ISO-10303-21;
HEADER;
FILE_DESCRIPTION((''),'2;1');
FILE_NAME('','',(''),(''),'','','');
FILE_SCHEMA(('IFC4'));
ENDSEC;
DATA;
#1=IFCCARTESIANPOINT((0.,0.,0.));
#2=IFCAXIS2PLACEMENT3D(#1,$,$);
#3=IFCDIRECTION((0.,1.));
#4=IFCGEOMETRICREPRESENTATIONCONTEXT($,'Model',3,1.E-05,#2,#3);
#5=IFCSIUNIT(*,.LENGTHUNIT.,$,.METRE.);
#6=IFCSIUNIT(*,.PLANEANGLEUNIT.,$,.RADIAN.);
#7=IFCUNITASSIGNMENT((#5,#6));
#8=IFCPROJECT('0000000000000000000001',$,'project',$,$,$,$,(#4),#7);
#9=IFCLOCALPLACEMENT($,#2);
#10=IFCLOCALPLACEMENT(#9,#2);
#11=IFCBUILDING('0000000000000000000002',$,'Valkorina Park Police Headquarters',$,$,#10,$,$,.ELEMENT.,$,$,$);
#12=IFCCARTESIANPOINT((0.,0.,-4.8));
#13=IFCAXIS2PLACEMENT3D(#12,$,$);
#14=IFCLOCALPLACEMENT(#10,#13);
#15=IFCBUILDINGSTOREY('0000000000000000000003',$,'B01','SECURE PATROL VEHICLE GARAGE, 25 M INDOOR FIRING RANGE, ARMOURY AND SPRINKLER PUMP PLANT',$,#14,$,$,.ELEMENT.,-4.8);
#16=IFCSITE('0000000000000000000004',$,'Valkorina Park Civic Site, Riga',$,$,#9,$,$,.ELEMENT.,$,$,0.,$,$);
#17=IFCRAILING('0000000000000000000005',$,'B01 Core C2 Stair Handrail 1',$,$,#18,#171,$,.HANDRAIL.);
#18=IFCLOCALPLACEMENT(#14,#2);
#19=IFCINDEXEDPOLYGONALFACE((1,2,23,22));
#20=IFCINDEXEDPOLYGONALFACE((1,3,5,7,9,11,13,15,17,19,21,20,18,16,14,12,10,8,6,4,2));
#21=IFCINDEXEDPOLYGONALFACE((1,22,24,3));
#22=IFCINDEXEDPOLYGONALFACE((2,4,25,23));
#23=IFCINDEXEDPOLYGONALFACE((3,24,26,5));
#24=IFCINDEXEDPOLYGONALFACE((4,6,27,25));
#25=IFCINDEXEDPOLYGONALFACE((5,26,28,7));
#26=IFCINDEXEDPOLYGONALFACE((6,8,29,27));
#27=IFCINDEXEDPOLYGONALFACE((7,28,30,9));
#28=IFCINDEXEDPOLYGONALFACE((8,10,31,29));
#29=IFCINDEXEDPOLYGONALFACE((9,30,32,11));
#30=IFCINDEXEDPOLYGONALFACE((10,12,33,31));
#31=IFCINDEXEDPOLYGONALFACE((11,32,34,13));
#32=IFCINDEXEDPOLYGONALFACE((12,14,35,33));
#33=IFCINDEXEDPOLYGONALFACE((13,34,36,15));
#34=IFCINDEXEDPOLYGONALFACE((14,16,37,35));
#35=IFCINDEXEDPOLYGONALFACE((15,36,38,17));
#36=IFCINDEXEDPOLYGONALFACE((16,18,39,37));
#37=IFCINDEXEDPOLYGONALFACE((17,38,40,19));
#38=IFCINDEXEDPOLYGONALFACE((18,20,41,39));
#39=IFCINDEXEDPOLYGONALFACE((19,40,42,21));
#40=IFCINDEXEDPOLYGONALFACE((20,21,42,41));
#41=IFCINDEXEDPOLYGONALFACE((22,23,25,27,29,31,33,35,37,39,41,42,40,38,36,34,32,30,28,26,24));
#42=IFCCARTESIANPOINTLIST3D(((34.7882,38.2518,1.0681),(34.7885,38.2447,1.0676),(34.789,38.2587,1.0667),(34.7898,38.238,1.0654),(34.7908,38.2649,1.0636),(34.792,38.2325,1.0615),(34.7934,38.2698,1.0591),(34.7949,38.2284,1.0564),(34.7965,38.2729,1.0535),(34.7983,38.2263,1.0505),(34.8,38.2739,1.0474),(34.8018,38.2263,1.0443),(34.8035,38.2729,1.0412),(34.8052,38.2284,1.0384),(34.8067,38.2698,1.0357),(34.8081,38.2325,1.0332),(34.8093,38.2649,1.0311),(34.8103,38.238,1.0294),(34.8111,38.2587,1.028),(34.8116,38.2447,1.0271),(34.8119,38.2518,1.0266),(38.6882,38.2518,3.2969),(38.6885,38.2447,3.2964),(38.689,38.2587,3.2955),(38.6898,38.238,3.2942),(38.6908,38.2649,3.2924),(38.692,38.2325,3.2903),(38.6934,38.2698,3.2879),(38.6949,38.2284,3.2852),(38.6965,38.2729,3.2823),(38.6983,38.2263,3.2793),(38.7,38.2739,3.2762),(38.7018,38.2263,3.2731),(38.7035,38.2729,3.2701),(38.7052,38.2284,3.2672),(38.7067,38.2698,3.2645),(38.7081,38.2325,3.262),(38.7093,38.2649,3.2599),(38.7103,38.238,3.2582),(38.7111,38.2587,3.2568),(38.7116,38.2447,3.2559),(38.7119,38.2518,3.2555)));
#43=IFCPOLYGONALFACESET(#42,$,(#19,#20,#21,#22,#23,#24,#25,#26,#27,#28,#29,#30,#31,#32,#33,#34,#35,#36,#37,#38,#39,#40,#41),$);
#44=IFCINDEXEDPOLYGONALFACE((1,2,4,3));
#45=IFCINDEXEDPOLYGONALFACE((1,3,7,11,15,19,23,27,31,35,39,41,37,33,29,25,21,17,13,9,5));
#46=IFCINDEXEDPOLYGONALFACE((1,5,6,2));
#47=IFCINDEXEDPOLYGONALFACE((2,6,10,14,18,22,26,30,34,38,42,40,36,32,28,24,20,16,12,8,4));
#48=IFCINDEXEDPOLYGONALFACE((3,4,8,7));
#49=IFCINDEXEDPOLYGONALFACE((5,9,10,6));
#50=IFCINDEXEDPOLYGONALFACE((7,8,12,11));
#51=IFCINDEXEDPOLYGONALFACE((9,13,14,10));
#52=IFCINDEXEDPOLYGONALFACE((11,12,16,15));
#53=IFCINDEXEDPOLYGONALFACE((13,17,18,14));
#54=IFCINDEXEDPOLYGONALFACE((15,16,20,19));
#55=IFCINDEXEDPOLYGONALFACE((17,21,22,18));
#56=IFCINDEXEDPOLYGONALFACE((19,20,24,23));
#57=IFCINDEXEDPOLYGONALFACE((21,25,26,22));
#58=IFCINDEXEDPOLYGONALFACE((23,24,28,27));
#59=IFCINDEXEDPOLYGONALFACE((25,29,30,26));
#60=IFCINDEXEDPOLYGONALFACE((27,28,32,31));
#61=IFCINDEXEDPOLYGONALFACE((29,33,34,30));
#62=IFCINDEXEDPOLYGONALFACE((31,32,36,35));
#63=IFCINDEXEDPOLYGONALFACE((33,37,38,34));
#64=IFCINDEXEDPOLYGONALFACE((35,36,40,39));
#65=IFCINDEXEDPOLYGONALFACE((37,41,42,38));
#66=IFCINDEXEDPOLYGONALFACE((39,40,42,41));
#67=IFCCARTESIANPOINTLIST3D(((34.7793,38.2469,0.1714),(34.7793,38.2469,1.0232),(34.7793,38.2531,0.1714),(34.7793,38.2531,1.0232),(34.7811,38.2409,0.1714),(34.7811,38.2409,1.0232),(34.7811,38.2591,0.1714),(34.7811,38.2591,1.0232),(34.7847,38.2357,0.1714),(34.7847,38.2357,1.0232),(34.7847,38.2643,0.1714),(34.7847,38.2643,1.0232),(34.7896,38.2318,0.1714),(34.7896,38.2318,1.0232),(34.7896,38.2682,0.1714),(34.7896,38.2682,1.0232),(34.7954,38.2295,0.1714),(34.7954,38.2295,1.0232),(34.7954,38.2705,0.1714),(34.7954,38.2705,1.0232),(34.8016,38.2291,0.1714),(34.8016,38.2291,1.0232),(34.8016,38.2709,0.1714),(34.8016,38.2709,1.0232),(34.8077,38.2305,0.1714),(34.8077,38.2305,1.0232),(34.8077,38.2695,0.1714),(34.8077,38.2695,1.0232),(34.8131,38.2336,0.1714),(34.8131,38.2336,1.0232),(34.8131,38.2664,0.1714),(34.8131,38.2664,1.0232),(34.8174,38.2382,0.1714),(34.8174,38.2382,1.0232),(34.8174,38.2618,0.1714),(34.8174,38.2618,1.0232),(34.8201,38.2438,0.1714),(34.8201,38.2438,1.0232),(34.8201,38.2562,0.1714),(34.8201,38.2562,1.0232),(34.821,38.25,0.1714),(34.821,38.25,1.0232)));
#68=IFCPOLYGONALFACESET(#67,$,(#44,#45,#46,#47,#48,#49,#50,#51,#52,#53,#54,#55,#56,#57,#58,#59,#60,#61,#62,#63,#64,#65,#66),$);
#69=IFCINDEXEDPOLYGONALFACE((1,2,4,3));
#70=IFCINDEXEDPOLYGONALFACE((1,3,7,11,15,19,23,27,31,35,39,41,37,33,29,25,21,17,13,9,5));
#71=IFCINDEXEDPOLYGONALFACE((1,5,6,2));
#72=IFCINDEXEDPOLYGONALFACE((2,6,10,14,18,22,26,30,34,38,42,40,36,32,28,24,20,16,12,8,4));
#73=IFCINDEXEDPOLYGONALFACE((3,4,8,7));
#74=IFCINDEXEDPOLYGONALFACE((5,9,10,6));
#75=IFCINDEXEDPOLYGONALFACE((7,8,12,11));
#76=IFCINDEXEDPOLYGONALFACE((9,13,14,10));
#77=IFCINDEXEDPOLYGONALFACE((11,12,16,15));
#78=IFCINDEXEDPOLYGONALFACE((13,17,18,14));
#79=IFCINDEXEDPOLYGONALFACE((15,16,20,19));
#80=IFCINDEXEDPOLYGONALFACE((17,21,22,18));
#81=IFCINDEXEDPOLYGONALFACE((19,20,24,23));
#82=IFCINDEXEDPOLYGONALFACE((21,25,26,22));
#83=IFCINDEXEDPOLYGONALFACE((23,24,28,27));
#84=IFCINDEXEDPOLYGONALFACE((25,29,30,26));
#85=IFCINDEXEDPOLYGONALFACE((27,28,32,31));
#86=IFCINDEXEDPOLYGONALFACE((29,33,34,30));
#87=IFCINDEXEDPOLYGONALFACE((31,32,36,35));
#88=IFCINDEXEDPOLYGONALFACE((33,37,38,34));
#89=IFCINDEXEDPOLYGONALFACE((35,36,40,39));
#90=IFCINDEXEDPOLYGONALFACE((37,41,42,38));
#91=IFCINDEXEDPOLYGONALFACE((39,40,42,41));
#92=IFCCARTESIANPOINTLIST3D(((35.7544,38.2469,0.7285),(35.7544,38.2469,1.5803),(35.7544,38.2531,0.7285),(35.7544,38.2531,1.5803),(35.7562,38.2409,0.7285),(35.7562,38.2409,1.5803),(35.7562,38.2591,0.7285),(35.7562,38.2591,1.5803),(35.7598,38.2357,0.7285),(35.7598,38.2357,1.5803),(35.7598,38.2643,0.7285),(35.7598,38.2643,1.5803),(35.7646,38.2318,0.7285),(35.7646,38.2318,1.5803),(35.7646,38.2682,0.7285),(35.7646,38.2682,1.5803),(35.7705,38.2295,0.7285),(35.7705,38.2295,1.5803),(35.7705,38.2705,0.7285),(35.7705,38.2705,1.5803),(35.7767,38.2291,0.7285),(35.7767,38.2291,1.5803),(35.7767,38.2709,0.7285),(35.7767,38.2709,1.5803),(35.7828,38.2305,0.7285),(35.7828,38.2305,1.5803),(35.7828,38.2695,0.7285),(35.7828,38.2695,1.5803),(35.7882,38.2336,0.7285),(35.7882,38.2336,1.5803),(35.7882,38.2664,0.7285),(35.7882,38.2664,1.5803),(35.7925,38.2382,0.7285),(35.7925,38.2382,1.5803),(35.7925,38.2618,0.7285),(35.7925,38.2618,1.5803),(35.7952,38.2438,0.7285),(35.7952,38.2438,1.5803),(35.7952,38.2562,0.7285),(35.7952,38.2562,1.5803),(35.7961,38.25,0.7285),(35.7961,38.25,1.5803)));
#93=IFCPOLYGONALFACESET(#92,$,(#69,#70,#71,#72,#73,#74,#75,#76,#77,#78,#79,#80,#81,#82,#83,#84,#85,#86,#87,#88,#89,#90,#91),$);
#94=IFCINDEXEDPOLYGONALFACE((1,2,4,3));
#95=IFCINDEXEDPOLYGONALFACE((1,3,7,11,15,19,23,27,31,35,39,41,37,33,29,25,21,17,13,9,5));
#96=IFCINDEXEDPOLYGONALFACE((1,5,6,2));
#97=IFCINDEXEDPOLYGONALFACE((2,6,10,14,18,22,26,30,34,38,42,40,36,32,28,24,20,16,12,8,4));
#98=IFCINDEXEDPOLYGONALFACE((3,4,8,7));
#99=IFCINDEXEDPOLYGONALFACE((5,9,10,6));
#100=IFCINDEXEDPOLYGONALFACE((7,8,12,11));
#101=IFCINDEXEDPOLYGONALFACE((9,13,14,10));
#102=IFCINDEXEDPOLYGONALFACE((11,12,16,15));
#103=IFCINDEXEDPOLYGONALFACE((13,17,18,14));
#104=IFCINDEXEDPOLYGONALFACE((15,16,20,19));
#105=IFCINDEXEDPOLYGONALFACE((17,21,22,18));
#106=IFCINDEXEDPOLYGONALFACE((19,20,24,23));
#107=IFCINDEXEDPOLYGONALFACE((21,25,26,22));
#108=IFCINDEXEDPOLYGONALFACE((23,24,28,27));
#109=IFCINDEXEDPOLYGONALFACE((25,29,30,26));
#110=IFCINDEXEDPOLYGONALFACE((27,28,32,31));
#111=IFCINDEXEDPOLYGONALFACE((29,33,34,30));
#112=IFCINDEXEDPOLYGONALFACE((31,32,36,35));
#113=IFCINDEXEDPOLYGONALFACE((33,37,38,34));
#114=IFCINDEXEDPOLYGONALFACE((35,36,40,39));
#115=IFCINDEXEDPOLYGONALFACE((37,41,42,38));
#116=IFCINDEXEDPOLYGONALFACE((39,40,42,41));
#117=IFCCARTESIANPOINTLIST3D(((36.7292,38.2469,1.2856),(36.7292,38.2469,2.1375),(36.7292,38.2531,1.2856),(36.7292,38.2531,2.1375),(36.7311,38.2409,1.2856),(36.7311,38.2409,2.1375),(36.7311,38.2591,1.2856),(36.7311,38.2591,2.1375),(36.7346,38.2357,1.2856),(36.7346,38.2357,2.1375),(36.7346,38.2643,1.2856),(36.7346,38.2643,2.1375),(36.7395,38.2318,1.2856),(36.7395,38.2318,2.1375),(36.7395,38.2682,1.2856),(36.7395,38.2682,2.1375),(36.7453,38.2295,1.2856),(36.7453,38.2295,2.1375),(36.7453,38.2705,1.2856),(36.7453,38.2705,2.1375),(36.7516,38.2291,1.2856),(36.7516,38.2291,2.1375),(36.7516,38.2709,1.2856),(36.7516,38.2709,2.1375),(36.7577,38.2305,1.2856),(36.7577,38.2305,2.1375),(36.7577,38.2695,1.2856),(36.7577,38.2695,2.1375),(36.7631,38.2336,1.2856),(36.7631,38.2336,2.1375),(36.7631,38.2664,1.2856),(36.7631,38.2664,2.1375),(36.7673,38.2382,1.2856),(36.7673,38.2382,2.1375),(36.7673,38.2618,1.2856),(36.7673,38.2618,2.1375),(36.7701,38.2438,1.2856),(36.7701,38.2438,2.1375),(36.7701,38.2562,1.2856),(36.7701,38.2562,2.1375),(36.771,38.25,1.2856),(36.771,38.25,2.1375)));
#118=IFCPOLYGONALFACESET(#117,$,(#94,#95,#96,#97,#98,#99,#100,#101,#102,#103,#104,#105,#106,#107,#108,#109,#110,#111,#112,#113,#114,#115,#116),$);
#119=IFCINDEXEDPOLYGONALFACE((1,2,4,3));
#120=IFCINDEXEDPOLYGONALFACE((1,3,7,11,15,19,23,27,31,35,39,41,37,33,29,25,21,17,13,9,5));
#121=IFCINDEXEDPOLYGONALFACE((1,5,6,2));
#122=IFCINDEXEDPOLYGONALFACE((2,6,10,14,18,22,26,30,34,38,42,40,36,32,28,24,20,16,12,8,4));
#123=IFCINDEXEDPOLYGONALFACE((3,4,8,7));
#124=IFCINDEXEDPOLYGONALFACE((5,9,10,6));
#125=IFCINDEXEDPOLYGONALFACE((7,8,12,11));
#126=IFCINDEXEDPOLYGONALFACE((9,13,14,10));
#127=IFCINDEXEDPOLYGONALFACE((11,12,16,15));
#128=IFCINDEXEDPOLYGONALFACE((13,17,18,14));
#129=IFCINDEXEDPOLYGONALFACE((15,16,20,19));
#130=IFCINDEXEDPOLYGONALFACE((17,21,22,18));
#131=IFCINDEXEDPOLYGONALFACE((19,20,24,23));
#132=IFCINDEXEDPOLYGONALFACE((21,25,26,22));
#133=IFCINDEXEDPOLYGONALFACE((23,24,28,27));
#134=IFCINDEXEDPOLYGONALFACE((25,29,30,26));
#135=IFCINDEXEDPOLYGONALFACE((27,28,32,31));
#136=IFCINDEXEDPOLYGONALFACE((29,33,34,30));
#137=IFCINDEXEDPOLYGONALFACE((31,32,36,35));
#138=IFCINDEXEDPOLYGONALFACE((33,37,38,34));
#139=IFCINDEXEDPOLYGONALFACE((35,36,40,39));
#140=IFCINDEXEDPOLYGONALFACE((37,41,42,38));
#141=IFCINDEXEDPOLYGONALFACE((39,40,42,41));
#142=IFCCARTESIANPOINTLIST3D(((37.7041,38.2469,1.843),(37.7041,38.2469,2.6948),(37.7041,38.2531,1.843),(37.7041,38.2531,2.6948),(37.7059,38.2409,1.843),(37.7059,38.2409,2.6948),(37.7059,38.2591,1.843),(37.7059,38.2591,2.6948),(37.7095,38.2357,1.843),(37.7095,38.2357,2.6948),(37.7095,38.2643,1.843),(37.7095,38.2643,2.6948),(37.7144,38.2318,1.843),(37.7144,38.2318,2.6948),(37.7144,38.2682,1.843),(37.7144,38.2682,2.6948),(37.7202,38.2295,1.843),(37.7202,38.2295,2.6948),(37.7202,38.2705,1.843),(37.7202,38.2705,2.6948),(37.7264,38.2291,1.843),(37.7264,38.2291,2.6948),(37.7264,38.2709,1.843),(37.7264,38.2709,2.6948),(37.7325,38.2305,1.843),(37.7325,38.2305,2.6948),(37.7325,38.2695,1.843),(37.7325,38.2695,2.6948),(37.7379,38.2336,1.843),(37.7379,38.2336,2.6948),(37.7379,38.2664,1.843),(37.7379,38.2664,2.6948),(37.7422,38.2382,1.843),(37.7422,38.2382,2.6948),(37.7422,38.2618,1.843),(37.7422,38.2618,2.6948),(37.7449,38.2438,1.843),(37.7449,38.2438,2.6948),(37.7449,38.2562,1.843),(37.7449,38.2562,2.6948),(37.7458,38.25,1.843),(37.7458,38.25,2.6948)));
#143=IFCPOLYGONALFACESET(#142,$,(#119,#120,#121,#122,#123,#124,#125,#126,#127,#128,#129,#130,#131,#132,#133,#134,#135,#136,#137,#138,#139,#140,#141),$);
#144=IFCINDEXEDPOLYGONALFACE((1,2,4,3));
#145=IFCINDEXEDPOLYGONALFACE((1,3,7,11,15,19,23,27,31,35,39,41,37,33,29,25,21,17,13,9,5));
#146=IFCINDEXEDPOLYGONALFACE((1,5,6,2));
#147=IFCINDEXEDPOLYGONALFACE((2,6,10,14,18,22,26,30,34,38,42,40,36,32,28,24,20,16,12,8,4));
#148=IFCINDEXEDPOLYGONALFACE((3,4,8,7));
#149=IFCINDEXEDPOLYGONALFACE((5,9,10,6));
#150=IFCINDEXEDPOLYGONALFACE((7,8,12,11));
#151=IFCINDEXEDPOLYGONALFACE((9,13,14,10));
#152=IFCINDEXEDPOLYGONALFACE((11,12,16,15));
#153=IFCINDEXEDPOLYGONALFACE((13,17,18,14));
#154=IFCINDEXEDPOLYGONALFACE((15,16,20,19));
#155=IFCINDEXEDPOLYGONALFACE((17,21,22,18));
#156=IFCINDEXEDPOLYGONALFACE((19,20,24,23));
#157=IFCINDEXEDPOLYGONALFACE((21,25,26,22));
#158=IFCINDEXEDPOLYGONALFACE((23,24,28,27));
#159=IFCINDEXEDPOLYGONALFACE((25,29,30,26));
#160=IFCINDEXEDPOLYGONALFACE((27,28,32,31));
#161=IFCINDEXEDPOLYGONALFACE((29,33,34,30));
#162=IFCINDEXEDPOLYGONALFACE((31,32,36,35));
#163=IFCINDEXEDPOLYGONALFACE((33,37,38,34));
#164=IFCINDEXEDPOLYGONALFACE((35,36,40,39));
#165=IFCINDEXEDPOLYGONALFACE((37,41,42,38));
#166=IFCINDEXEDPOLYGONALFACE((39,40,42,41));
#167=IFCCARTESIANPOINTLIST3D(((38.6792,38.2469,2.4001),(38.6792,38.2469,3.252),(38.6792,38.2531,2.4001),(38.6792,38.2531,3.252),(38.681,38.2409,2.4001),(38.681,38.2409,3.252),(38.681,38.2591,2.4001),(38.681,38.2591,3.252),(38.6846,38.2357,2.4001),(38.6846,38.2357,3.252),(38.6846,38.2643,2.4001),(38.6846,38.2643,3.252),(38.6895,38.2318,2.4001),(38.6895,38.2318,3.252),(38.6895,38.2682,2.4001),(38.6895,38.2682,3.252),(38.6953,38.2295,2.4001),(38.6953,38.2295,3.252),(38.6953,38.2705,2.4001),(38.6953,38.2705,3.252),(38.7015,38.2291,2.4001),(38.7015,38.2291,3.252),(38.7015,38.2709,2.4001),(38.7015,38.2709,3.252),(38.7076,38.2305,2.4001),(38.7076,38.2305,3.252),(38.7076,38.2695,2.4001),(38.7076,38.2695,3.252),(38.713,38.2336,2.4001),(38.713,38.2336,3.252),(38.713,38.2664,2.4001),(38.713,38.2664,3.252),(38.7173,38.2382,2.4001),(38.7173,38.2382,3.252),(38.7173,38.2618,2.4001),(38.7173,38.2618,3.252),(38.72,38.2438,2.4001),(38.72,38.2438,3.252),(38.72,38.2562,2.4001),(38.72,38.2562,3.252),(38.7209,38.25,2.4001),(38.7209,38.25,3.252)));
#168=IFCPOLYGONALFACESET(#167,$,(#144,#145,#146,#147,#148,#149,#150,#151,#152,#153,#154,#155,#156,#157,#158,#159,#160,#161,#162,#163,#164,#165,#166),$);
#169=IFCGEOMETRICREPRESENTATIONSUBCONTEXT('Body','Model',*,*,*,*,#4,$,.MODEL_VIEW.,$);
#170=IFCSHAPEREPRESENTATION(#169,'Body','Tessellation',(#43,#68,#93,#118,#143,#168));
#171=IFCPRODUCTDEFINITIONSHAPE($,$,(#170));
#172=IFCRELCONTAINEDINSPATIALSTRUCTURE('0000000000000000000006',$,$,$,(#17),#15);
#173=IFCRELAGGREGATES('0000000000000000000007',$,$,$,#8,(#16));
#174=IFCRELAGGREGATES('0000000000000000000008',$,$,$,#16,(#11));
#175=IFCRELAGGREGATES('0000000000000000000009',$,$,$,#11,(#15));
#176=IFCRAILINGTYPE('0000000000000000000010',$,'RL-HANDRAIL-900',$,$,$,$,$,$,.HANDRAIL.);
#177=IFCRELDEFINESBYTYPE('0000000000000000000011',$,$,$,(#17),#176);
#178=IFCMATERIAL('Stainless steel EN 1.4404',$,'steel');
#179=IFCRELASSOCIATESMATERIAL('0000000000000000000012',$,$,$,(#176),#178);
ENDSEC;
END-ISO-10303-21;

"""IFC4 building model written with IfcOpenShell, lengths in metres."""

from ifc_helpers import new_model, si_unit, direction, frame, origin, origin_2d, place, context, subcontext, project, spatial, circle, extrude, material, type_object, element, save


model = new_model("IFC4")

# Units and contexts
model_context = context("Model", 3, precision=1e-05, world=origin(), true_north=direction((0.0, 1.0)))
body_context = subcontext(model_context, "Body", "Model", "MODEL_VIEW")
ifc_project = project(units=[si_unit("LENGTHUNIT", "METRE"), si_unit("PLANEANGLEUNIT", "RADIAN")], contexts=[model_context])

# Site, building, storey
site_placement = place(None, origin())
site = spatial("IfcSite", under=ifc_project, at=site_placement, Name="Valkorina Park Civic Site, Riga", CompositionType="ELEMENT", RefElevation=0.0)
building_placement = place(site_placement, origin())
building = spatial("IfcBuilding", under=site, at=building_placement, Name="Valkorina Park Police Headquarters", CompositionType="ELEMENT")
storey_placement = place(building_placement, frame((0.0, 0.0, -4.8)))
storey = spatial("IfcBuildingStorey", under=building, at=storey_placement, Name="B01", Description="SECURE PATROL VEHICLE GARAGE, 25 M INDOOR FIRING RANGE, ARMOURY AND SPRINKLER PUMP PLANT", CompositionType="ELEMENT", Elevation=-4.8)

# Shared definitions
ifc_material_1 = material(Name="Stainless steel EN 1.4404", Category="steel")

# Railing
railing_type_1 = type_object("IfcRailingType", Name="RL-HANDRAIL-900", PredefinedType="HANDRAIL", material=ifc_material_1)
railing_1_placement = place(storey_placement, frame((34.8, 38.25, 0.1714)))
element("IfcRailing", 1, at=railing_1_placement, inside=storey, type_object=railing_type_1, Name="B01 Core C2 Stair Handrail 1", PredefinedType="HANDRAIL", context=body_context, shape_type="SweptSolid", body=[
    extrude(circle(Radius=0.0239, at=origin_2d()), frame((0.0, 0.0, 0.876), z_axis=(0.86822, 0.0, 0.49618), x_axis=(0.0, 1.0, 0.0)), (0.0, 0.0, 1.0), 4.4919),
    extrude(circle(Radius=0.021, at=origin_2d()), origin(), (0.0, 0.0, 1.0), 0.8518),
    extrude(circle(Radius=0.021, at=origin_2d()), frame((0.9751, 0.0, 0.5571)), (0.0, 0.0, 1.0), 0.8518),
    extrude(circle(Radius=0.021, at=origin_2d()), frame((1.95, 0.0, 1.1143)), (0.0, 0.0, 1.0), 0.8518),
    extrude(circle(Radius=0.021, at=origin_2d()), frame((2.9248, 0.0, 1.6716)), (0.0, 0.0, 1.0), 0.8518),
    extrude(circle(Radius=0.021, at=origin_2d()), frame((3.8999, 0.0, 2.2288)), (0.0, 0.0, 1.0), 0.8518),
])

save(model, "model.ifc")
